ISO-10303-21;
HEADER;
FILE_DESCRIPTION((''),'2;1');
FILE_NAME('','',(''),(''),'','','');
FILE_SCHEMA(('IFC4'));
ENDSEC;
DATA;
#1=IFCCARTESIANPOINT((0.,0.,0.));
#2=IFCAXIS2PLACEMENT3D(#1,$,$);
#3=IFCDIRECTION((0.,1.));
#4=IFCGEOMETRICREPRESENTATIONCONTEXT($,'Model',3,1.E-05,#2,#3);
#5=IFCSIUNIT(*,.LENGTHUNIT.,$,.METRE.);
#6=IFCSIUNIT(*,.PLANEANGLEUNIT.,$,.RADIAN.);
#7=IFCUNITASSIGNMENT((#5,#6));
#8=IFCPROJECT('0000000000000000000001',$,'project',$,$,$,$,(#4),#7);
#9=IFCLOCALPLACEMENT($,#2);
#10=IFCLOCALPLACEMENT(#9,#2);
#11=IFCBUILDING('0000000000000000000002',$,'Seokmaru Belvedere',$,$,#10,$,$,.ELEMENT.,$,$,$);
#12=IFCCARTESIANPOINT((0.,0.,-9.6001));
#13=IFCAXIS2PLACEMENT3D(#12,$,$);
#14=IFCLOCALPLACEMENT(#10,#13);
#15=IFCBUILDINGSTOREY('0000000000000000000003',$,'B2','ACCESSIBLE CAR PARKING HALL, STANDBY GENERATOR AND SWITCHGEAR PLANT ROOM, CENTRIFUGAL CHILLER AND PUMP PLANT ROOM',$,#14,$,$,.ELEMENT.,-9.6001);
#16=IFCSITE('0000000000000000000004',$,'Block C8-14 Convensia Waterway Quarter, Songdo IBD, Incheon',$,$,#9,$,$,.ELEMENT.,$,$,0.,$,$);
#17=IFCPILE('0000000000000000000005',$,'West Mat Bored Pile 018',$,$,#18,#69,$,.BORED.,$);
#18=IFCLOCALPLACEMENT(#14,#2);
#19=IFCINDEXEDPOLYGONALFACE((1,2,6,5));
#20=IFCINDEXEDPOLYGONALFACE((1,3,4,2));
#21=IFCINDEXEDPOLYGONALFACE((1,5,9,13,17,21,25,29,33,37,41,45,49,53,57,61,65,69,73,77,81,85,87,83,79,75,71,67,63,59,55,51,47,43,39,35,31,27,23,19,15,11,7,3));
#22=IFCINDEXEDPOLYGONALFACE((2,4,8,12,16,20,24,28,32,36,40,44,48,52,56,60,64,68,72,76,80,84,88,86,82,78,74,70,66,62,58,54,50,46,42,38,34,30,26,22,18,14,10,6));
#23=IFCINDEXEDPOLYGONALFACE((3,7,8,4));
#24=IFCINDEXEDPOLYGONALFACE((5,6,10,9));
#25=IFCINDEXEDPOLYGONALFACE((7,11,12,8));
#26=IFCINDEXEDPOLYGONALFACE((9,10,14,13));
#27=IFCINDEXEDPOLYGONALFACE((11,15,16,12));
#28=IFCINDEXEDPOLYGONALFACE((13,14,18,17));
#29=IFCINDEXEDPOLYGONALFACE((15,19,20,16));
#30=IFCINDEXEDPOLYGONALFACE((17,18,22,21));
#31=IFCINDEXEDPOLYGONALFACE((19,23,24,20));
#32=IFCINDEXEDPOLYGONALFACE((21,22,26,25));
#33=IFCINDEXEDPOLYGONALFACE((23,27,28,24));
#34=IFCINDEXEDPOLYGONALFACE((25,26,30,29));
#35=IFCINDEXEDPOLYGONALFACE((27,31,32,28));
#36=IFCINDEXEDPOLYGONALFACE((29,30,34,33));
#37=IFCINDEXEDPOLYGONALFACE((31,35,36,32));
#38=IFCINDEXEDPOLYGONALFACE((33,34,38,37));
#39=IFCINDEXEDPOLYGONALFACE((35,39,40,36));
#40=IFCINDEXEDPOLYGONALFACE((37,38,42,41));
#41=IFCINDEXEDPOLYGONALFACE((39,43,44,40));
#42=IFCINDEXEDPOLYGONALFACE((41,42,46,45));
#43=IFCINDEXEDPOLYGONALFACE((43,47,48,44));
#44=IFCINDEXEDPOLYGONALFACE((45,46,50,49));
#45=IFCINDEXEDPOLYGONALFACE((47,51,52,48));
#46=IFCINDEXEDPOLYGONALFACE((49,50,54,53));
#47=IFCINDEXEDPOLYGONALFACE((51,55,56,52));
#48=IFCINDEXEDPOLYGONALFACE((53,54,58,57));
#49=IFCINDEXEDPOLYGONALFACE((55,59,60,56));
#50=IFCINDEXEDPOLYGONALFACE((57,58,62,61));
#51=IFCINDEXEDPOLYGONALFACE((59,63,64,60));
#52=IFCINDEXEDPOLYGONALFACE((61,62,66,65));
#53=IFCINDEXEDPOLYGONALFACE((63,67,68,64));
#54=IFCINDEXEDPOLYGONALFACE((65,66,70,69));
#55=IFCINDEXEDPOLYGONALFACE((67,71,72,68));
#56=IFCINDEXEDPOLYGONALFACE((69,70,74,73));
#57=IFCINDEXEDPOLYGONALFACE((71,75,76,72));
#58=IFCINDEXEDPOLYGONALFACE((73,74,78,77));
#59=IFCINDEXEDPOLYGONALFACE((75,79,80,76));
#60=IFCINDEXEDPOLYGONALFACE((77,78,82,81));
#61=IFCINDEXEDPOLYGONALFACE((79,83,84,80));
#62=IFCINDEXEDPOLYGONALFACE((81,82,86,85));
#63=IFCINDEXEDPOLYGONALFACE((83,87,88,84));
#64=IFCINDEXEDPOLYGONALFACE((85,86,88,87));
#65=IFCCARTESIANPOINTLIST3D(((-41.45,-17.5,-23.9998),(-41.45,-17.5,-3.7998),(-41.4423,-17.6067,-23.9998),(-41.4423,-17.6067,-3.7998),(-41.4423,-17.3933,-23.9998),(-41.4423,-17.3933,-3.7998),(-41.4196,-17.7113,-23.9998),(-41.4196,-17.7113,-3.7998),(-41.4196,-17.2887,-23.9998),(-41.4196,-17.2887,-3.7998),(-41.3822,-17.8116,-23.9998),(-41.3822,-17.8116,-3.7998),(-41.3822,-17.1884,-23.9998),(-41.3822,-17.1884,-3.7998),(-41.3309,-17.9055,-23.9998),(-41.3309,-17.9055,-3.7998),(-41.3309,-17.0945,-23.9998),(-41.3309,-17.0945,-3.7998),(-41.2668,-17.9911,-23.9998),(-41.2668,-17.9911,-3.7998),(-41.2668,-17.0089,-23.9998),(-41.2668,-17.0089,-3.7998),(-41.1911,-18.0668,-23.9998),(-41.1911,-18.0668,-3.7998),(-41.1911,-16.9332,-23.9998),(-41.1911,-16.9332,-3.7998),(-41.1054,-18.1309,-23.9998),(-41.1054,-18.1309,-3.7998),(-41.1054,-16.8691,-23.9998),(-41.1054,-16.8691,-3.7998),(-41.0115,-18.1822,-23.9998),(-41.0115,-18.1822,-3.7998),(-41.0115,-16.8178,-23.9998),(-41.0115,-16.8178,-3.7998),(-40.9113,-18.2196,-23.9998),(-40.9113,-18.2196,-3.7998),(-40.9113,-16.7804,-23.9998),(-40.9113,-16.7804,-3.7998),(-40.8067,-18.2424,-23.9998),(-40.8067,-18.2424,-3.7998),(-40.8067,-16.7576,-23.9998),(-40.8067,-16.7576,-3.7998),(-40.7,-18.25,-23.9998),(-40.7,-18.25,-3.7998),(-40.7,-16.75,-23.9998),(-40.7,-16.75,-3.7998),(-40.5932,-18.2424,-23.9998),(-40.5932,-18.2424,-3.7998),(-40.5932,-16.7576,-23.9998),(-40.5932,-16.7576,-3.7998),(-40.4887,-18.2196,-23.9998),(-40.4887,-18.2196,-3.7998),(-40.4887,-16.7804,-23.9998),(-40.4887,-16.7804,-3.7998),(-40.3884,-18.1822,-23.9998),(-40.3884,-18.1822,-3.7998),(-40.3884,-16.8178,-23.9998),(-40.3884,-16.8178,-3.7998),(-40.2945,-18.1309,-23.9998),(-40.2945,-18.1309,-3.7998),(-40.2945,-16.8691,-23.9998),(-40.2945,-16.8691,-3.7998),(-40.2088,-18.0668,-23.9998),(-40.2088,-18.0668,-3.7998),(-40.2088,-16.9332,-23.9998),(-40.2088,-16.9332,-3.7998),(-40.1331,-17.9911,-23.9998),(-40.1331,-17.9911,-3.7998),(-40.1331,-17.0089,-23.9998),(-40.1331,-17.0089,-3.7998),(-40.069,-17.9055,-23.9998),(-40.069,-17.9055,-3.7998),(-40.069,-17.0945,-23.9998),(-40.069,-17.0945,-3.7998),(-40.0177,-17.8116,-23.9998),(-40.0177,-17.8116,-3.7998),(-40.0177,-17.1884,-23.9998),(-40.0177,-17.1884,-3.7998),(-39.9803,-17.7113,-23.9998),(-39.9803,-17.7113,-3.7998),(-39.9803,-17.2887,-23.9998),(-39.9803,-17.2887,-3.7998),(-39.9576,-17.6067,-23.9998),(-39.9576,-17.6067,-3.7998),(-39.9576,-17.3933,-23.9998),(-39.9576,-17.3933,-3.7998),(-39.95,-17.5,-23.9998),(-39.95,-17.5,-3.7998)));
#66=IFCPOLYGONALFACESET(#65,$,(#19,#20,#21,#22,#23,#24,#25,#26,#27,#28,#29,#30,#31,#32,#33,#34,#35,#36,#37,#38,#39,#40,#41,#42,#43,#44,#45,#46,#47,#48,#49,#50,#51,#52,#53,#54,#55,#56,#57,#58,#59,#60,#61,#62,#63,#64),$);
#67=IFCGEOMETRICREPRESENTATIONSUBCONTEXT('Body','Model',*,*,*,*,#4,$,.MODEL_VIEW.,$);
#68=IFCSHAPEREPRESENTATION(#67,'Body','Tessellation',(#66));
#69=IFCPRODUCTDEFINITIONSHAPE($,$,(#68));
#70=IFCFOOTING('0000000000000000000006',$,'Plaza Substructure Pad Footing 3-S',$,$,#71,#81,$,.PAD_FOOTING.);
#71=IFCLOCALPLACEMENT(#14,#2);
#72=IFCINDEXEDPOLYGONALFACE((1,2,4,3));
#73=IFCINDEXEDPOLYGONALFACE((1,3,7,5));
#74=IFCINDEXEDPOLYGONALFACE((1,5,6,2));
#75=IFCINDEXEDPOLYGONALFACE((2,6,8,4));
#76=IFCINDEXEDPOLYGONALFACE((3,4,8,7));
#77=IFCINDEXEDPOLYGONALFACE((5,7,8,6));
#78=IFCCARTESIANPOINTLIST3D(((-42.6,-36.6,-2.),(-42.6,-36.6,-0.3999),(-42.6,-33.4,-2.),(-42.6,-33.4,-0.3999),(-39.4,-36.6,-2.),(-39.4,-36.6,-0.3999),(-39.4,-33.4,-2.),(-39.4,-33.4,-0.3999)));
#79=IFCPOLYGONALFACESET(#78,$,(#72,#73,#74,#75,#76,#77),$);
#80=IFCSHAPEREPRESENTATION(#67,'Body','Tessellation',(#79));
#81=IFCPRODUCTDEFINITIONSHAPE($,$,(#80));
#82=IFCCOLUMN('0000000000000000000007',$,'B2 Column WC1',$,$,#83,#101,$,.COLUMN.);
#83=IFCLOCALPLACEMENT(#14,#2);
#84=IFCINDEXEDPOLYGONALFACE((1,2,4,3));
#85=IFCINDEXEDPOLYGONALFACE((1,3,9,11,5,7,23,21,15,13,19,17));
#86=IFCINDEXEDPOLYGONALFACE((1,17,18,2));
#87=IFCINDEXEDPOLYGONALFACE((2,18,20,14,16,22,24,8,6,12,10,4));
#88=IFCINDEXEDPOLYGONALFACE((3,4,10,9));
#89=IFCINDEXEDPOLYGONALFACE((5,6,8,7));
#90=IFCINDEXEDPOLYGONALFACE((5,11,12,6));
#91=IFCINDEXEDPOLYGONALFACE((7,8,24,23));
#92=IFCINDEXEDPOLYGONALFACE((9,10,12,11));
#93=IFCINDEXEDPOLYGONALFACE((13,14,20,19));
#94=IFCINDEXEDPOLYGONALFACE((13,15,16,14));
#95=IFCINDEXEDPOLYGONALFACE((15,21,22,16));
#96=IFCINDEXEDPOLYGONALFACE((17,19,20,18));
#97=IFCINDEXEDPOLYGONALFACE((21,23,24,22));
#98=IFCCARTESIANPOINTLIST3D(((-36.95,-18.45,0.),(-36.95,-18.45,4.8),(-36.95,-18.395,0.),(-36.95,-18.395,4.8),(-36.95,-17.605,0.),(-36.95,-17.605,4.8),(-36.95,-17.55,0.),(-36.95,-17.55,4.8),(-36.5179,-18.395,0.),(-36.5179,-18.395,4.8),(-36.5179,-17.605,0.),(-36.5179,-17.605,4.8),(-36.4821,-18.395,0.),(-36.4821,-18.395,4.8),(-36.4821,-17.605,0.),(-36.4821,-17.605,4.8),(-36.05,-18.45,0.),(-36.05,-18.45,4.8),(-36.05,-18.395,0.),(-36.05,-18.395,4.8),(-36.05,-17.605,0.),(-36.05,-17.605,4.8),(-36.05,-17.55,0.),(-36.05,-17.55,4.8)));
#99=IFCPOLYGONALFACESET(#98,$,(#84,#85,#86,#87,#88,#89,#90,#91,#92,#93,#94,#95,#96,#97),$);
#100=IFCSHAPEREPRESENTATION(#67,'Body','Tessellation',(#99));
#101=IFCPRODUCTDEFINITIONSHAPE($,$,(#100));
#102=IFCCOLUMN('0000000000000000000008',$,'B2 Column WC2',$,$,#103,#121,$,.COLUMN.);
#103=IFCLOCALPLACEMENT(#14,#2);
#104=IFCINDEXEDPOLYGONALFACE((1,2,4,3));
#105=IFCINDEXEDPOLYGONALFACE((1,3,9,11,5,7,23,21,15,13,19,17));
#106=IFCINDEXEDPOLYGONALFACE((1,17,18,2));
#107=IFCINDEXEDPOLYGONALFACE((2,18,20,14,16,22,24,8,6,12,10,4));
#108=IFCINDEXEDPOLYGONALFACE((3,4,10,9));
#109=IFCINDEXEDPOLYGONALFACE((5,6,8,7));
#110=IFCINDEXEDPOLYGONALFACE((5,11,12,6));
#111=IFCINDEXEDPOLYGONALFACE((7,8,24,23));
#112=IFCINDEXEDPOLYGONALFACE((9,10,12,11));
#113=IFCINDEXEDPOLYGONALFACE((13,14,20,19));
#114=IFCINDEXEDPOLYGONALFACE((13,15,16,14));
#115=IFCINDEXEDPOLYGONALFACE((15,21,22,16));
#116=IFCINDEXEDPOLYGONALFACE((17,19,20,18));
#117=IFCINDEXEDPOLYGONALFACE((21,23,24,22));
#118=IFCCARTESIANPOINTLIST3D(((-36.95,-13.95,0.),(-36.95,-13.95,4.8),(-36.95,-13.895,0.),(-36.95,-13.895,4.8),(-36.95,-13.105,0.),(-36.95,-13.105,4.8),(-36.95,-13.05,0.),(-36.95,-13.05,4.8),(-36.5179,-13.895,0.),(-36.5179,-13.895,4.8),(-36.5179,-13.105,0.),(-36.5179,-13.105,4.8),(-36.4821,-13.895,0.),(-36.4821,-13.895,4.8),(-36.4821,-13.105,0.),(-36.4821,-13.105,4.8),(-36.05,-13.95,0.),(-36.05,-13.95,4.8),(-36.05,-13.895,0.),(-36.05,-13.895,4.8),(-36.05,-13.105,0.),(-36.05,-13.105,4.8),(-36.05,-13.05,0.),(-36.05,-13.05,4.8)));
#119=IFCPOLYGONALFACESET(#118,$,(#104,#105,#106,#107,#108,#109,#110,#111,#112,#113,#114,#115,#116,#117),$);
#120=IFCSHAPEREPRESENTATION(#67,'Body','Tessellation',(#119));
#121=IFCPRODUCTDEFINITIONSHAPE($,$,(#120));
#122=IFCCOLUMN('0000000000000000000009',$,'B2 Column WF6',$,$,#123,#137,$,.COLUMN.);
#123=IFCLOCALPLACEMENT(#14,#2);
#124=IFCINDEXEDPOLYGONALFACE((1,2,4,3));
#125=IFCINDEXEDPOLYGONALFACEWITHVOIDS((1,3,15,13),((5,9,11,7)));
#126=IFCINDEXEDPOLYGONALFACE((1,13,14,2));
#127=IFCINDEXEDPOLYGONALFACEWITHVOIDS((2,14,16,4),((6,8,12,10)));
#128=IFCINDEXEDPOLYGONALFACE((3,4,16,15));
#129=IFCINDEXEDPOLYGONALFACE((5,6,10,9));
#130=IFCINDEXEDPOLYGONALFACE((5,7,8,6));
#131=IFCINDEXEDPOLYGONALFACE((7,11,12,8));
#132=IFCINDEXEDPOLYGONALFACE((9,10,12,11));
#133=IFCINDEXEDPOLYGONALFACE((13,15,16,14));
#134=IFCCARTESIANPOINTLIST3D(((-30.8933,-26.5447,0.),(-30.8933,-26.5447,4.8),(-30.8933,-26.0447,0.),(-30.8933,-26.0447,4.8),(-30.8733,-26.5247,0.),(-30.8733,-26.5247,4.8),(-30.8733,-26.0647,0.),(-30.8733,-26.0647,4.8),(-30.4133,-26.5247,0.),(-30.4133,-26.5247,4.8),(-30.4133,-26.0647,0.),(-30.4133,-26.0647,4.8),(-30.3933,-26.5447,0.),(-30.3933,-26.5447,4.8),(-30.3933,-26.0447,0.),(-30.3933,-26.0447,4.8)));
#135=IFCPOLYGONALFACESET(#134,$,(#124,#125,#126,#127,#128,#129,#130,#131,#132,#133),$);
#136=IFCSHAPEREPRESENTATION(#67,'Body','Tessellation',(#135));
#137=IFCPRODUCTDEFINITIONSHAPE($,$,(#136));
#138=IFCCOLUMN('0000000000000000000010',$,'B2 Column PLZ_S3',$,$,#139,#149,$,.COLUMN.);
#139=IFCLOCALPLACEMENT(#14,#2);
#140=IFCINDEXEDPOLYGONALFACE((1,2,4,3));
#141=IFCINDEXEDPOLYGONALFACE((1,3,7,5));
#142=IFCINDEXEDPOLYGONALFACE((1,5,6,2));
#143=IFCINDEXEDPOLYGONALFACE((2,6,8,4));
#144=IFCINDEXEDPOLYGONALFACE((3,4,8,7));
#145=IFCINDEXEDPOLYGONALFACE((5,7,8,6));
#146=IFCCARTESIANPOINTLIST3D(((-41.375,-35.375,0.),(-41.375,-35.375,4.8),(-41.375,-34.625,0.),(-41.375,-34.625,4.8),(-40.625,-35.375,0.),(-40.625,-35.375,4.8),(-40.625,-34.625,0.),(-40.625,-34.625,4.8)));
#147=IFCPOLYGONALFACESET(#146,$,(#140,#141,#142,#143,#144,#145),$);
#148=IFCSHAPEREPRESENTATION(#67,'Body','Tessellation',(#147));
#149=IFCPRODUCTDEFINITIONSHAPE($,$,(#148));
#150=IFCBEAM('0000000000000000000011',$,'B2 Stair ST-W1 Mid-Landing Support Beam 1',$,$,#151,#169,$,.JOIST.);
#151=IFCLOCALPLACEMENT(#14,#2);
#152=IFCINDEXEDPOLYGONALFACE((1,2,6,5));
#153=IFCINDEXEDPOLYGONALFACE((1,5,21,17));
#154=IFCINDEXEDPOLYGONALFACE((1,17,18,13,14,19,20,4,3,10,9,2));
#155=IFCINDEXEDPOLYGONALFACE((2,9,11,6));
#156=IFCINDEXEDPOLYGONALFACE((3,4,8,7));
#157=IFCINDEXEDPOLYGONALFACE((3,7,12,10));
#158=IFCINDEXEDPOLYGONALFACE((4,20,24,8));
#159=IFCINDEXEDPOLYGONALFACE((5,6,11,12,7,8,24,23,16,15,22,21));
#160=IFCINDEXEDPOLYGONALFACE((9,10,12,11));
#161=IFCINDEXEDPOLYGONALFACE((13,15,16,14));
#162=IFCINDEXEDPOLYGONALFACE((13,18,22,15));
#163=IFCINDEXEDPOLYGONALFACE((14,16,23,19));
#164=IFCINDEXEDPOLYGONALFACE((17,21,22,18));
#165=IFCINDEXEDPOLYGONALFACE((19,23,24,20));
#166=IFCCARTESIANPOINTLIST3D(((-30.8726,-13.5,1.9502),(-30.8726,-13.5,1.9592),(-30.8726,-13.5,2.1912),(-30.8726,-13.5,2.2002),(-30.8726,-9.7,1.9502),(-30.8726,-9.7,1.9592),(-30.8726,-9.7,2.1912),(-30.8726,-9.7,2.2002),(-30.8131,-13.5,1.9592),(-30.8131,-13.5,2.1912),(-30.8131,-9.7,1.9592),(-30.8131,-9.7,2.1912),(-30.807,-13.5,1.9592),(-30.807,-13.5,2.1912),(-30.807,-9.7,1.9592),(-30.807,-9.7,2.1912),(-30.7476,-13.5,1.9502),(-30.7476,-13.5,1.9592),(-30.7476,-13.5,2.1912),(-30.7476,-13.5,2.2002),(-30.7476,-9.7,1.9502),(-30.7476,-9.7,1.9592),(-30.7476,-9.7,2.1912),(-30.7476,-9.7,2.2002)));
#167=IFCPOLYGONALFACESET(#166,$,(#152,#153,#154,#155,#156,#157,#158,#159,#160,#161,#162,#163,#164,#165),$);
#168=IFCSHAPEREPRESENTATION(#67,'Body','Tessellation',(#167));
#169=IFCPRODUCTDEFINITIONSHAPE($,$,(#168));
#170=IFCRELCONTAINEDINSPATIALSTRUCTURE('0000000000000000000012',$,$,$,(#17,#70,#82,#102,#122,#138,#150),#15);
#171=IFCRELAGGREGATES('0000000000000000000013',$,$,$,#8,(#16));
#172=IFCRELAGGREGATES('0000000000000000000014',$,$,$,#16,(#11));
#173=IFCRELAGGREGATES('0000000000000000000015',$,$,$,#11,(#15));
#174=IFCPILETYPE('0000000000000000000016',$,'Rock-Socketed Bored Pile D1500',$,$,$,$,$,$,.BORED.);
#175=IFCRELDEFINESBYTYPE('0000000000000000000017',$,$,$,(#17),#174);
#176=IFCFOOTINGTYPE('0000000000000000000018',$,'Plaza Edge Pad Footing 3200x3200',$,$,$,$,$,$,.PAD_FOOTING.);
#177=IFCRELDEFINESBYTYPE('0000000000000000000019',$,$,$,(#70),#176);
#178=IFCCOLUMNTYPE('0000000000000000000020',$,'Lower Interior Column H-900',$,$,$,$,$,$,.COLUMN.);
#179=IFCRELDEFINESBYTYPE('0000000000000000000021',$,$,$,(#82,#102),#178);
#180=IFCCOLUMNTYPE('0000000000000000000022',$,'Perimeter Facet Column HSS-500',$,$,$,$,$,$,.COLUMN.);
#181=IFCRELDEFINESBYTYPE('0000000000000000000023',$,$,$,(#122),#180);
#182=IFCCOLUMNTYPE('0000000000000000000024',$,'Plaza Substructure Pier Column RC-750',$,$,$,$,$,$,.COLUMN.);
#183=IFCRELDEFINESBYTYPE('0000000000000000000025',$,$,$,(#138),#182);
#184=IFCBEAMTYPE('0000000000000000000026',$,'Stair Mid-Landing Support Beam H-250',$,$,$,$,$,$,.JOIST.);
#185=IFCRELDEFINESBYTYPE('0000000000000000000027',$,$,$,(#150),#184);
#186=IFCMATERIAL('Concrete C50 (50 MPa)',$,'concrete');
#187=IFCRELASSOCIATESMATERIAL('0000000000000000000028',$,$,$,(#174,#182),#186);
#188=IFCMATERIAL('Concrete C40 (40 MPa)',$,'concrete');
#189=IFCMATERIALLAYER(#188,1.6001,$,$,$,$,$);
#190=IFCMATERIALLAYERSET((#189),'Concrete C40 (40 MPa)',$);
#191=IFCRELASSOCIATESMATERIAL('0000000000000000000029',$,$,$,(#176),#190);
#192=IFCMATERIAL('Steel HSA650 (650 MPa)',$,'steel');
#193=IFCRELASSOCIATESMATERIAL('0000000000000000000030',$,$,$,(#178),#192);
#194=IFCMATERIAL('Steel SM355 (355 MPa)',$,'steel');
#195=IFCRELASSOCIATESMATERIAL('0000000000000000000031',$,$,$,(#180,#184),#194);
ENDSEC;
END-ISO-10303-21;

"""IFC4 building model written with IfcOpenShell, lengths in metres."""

from ifc_helpers import new_model, si_unit, direction, frame, origin, origin_2d, place, context, subcontext, project, spatial, rectangle, hollow_rectangle, circle, i_section, extrude, source, transform, mapped, material, layer, layer_set, material_profile, profile_set, type_object, type_shapes, element, save


model = new_model("IFC4")

# Units and contexts
model_context = context("Model", 3, precision=1e-05, world=origin(), true_north=direction((0.0, 1.0)))
body_context = subcontext(model_context, "Body", "Model", "MODEL_VIEW")
ifc_project = project(units=[si_unit("LENGTHUNIT", "METRE"), si_unit("PLANEANGLEUNIT", "RADIAN")], contexts=[model_context])

# Site, building, storey
site_placement = place(None, origin())
site = spatial("IfcSite", under=ifc_project, at=site_placement, Name="Block C8-14 Convensia Waterway Quarter, Songdo IBD, Incheon", CompositionType="ELEMENT", RefElevation=0.0)
building_placement = place(site_placement, origin())
building = spatial("IfcBuilding", under=site, at=building_placement, Name="Seokmaru Belvedere", CompositionType="ELEMENT")
storey_placement = place(building_placement, frame((0.0, 0.0, -9.6001)))
storey = spatial("IfcBuildingStorey", under=building, at=storey_placement, Name="B2", Description="ACCESSIBLE CAR PARKING HALL, STANDBY GENERATOR AND SWITCHGEAR PLANT ROOM, CENTRIFUGAL CHILLER AND PUMP PLANT ROOM", CompositionType="ELEMENT", Elevation=-9.6001)

# Pile
ifc_material_1 = material(Name="Concrete C50 (50 MPa)", Category="concrete")
ifc_material_profile_1 = material_profile(ifc_material_1, circle(Radius=0.75, at=origin_2d()), Name="PILE-D1500")
ifc_profile_set_1 = profile_set([ifc_material_profile_1], Name="Concrete C50 (50 MPa)")
pile_type = type_object("IfcPileType", Name="Rock-Socketed Bored Pile D1500", PredefinedType="BORED", material=ifc_profile_set_1)
shared_shape_1 = source(origin(), body_context, "Body", "SweptSolid", [
    extrude(circle(Radius=0.75, at=origin_2d()), origin(), (0.0, 0.0, 1.0), 20.2),
])
type_shapes(pile_type, [shared_shape_1])
for number, where, z_axis, x_axis, name in (
    (1, (-40.7, -17.5, -3.7998), (0.0, 0.0, -1.0), (1.0, 0.0, 0.0), "West Mat Bored Pile 018"),
):
    element("IfcPile", number, at=place(storey_placement, frame(where, z_axis=z_axis, x_axis=x_axis)), inside=storey, type_object=pile_type, Name=name, PredefinedType="BORED", context=body_context, shape_type="MappedRepresentation", body=[
        mapped(shared_shape_1, transform((0.0, 0.0, 0.0), scale=1.0)),
    ])

# Footing
ifc_material_2 = material(Name="Concrete C40 (40 MPa)", Category="concrete")
ifc_layer_1 = layer(ifc_material_2, 1.6001)
ifc_layer_set_1 = layer_set([ifc_layer_1], Name="Concrete C40 (40 MPa)")
footing_type = type_object("IfcFootingType", Name="Plaza Edge Pad Footing 3200x3200", PredefinedType="PAD_FOOTING", material=ifc_layer_set_1)
shared_shape_2 = source(origin(), body_context, "Body", "SweptSolid", [
    extrude(rectangle(XDim=3.2, YDim=3.2, at=origin_2d()), origin(), (0.0, 0.0, 1.0), 1.6001),
])
type_shapes(footing_type, [shared_shape_2])
footing_placement = place(storey_placement, frame((-41.0, -35.0, -2.0), z_axis=(0.0, 0.0, 1.0), x_axis=(1.0, 0.0, 0.0)))
element("IfcFooting", 2, at=footing_placement, inside=storey, type_object=footing_type, Name="Plaza Substructure Pad Footing 3-S", PredefinedType="PAD_FOOTING", context=body_context, shape_type="MappedRepresentation", body=[
    mapped(shared_shape_2, transform((0.0, 0.0, 0.0), scale=1.0)),
])

# Columns
ifc_material_3 = material(Name="Steel HSA650 (650 MPa)", Category="steel")
ifc_material_profile_2 = material_profile(ifc_material_3, i_section(OverallWidth=0.8999, OverallDepth=0.8999, WebThickness=0.0359, FlangeThickness=0.0549, at=origin_2d()), Name="H-900x900x36x55")
ifc_profile_set_2 = profile_set([ifc_material_profile_2], Name="Steel HSA650 (650 MPa)")
column_type_1 = type_object("IfcColumnType", Name="Lower Interior Column H-900", PredefinedType="COLUMN", material=ifc_profile_set_2)
shared_shape_3 = source(origin(), body_context, "Body", "SweptSolid", [
    extrude(i_section(OverallWidth=0.8999, OverallDepth=0.8999, WebThickness=0.0359, FlangeThickness=0.0549, at=origin_2d()), origin(), (0.0, 0.0, 1.0), 4.8),
])
type_shapes(column_type_1, [shared_shape_3])
for number, where, z_axis, x_axis, name in (
    (3, (-36.5, -18.0, 0.0), (0.0, 0.0, 1.0), (1.0, 0.0, 0.0), "B2 Column WC1"),
    (4, (-36.5, -13.5, 0.0), (0.0, 0.0, 1.0), (1.0, 0.0, 0.0), "B2 Column WC2"),
):
    element("IfcColumn", number, at=place(storey_placement, frame(where, z_axis=z_axis, x_axis=x_axis)), inside=storey, type_object=column_type_1, Name=name, PredefinedType="COLUMN", context=body_context, shape_type="MappedRepresentation", body=[
        mapped(shared_shape_3, transform((0.0, 0.0, 0.0), scale=1.0)),
    ])
ifc_material_4 = material(Name="Steel SM355 (355 MPa)", Category="steel")
ifc_material_profile_3 = material_profile(ifc_material_4, hollow_rectangle(XDim=0.5, YDim=0.5, WallThickness=0.02, at=origin_2d()), Name="HSS-500x500x20")
ifc_profile_set_3 = profile_set([ifc_material_profile_3], Name="Steel SM355 (355 MPa)")
column_type_2 = type_object("IfcColumnType", Name="Perimeter Facet Column HSS-500", PredefinedType="COLUMN", material=ifc_profile_set_3)
shared_shape_4 = source(origin(), body_context, "Body", "SweptSolid", [
    extrude(hollow_rectangle(XDim=0.5, YDim=0.5, WallThickness=0.02, at=origin_2d()), origin(), (0.0, 0.0, 1.0), 4.8),
])
type_shapes(column_type_2, [shared_shape_4])
column_1_placement = place(storey_placement, frame((-30.6433, -26.2947, 0.0), z_axis=(0.0, 0.0, 1.0), x_axis=(1.0, 0.0, 0.0)))
element("IfcColumn", 5, at=column_1_placement, inside=storey, type_object=column_type_2, Name="B2 Column WF6", PredefinedType="COLUMN", context=body_context, shape_type="MappedRepresentation", body=[
    mapped(shared_shape_4, transform((0.0, 0.0, 0.0), scale=1.0)),
])
ifc_material_profile_4 = material_profile(ifc_material_1, rectangle(XDim=0.75, YDim=0.75, at=origin_2d()), Name="RC-750x750")
ifc_profile_set_4 = profile_set([ifc_material_profile_4], Name="Concrete C50 (50 MPa)")
column_type_3 = type_object("IfcColumnType", Name="Plaza Substructure Pier Column RC-750", PredefinedType="COLUMN", material=ifc_profile_set_4)
shared_shape_5 = source(origin(), body_context, "Body", "SweptSolid", [
    extrude(rectangle(XDim=0.75, YDim=0.75, at=origin_2d()), origin(), (0.0, 0.0, 1.0), 4.8),
])
type_shapes(column_type_3, [shared_shape_5])
column_2_placement = place(storey_placement, frame((-41.0, -35.0, 0.0), z_axis=(0.0, 0.0, 1.0), x_axis=(1.0, 0.0, 0.0)))
element("IfcColumn", 6, at=column_2_placement, inside=storey, type_object=column_type_3, Name="B2 Column PLZ_S3", PredefinedType="COLUMN", context=body_context, shape_type="MappedRepresentation", body=[
    mapped(shared_shape_5, transform((0.0, 0.0, 0.0), scale=1.0)),
])

# Beam
ifc_material_profile_5 = material_profile(ifc_material_4, i_section(OverallWidth=0.125, OverallDepth=0.25, WebThickness=0.0061, FlangeThickness=0.009, at=origin_2d()), Name="H-250x125x6x9")
ifc_profile_set_5 = profile_set([ifc_material_profile_5], Name="Steel SM355 (355 MPa)")
beam_type = type_object("IfcBeamType", Name="Stair Mid-Landing Support Beam H-250", PredefinedType="JOIST", material=ifc_profile_set_5)
shared_shape_6 = source(origin(), body_context, "Body", "SweptSolid", [
    extrude(i_section(OverallWidth=0.125, OverallDepth=0.25, WebThickness=0.0061, FlangeThickness=0.009, at=origin_2d()), origin(), (0.0, 0.0, 1.0), 3.8),
])
type_shapes(beam_type, [shared_shape_6])
beam_placement = place(storey_placement, frame((-30.8101, -13.5, 2.0752), z_axis=(0.0, 1.0, 0.0), x_axis=(-1.0, 0.0, 0.0)))
element("IfcBeam", 7, at=beam_placement, inside=storey, type_object=beam_type, Name="B2 Stair ST-W1 Mid-Landing Support Beam 1", PredefinedType="JOIST", context=body_context, shape_type="MappedRepresentation", body=[
    mapped(shared_shape_6, transform((0.0, 0.0, 0.0), scale=1.0)),
])

save(model, "model.ifc")
